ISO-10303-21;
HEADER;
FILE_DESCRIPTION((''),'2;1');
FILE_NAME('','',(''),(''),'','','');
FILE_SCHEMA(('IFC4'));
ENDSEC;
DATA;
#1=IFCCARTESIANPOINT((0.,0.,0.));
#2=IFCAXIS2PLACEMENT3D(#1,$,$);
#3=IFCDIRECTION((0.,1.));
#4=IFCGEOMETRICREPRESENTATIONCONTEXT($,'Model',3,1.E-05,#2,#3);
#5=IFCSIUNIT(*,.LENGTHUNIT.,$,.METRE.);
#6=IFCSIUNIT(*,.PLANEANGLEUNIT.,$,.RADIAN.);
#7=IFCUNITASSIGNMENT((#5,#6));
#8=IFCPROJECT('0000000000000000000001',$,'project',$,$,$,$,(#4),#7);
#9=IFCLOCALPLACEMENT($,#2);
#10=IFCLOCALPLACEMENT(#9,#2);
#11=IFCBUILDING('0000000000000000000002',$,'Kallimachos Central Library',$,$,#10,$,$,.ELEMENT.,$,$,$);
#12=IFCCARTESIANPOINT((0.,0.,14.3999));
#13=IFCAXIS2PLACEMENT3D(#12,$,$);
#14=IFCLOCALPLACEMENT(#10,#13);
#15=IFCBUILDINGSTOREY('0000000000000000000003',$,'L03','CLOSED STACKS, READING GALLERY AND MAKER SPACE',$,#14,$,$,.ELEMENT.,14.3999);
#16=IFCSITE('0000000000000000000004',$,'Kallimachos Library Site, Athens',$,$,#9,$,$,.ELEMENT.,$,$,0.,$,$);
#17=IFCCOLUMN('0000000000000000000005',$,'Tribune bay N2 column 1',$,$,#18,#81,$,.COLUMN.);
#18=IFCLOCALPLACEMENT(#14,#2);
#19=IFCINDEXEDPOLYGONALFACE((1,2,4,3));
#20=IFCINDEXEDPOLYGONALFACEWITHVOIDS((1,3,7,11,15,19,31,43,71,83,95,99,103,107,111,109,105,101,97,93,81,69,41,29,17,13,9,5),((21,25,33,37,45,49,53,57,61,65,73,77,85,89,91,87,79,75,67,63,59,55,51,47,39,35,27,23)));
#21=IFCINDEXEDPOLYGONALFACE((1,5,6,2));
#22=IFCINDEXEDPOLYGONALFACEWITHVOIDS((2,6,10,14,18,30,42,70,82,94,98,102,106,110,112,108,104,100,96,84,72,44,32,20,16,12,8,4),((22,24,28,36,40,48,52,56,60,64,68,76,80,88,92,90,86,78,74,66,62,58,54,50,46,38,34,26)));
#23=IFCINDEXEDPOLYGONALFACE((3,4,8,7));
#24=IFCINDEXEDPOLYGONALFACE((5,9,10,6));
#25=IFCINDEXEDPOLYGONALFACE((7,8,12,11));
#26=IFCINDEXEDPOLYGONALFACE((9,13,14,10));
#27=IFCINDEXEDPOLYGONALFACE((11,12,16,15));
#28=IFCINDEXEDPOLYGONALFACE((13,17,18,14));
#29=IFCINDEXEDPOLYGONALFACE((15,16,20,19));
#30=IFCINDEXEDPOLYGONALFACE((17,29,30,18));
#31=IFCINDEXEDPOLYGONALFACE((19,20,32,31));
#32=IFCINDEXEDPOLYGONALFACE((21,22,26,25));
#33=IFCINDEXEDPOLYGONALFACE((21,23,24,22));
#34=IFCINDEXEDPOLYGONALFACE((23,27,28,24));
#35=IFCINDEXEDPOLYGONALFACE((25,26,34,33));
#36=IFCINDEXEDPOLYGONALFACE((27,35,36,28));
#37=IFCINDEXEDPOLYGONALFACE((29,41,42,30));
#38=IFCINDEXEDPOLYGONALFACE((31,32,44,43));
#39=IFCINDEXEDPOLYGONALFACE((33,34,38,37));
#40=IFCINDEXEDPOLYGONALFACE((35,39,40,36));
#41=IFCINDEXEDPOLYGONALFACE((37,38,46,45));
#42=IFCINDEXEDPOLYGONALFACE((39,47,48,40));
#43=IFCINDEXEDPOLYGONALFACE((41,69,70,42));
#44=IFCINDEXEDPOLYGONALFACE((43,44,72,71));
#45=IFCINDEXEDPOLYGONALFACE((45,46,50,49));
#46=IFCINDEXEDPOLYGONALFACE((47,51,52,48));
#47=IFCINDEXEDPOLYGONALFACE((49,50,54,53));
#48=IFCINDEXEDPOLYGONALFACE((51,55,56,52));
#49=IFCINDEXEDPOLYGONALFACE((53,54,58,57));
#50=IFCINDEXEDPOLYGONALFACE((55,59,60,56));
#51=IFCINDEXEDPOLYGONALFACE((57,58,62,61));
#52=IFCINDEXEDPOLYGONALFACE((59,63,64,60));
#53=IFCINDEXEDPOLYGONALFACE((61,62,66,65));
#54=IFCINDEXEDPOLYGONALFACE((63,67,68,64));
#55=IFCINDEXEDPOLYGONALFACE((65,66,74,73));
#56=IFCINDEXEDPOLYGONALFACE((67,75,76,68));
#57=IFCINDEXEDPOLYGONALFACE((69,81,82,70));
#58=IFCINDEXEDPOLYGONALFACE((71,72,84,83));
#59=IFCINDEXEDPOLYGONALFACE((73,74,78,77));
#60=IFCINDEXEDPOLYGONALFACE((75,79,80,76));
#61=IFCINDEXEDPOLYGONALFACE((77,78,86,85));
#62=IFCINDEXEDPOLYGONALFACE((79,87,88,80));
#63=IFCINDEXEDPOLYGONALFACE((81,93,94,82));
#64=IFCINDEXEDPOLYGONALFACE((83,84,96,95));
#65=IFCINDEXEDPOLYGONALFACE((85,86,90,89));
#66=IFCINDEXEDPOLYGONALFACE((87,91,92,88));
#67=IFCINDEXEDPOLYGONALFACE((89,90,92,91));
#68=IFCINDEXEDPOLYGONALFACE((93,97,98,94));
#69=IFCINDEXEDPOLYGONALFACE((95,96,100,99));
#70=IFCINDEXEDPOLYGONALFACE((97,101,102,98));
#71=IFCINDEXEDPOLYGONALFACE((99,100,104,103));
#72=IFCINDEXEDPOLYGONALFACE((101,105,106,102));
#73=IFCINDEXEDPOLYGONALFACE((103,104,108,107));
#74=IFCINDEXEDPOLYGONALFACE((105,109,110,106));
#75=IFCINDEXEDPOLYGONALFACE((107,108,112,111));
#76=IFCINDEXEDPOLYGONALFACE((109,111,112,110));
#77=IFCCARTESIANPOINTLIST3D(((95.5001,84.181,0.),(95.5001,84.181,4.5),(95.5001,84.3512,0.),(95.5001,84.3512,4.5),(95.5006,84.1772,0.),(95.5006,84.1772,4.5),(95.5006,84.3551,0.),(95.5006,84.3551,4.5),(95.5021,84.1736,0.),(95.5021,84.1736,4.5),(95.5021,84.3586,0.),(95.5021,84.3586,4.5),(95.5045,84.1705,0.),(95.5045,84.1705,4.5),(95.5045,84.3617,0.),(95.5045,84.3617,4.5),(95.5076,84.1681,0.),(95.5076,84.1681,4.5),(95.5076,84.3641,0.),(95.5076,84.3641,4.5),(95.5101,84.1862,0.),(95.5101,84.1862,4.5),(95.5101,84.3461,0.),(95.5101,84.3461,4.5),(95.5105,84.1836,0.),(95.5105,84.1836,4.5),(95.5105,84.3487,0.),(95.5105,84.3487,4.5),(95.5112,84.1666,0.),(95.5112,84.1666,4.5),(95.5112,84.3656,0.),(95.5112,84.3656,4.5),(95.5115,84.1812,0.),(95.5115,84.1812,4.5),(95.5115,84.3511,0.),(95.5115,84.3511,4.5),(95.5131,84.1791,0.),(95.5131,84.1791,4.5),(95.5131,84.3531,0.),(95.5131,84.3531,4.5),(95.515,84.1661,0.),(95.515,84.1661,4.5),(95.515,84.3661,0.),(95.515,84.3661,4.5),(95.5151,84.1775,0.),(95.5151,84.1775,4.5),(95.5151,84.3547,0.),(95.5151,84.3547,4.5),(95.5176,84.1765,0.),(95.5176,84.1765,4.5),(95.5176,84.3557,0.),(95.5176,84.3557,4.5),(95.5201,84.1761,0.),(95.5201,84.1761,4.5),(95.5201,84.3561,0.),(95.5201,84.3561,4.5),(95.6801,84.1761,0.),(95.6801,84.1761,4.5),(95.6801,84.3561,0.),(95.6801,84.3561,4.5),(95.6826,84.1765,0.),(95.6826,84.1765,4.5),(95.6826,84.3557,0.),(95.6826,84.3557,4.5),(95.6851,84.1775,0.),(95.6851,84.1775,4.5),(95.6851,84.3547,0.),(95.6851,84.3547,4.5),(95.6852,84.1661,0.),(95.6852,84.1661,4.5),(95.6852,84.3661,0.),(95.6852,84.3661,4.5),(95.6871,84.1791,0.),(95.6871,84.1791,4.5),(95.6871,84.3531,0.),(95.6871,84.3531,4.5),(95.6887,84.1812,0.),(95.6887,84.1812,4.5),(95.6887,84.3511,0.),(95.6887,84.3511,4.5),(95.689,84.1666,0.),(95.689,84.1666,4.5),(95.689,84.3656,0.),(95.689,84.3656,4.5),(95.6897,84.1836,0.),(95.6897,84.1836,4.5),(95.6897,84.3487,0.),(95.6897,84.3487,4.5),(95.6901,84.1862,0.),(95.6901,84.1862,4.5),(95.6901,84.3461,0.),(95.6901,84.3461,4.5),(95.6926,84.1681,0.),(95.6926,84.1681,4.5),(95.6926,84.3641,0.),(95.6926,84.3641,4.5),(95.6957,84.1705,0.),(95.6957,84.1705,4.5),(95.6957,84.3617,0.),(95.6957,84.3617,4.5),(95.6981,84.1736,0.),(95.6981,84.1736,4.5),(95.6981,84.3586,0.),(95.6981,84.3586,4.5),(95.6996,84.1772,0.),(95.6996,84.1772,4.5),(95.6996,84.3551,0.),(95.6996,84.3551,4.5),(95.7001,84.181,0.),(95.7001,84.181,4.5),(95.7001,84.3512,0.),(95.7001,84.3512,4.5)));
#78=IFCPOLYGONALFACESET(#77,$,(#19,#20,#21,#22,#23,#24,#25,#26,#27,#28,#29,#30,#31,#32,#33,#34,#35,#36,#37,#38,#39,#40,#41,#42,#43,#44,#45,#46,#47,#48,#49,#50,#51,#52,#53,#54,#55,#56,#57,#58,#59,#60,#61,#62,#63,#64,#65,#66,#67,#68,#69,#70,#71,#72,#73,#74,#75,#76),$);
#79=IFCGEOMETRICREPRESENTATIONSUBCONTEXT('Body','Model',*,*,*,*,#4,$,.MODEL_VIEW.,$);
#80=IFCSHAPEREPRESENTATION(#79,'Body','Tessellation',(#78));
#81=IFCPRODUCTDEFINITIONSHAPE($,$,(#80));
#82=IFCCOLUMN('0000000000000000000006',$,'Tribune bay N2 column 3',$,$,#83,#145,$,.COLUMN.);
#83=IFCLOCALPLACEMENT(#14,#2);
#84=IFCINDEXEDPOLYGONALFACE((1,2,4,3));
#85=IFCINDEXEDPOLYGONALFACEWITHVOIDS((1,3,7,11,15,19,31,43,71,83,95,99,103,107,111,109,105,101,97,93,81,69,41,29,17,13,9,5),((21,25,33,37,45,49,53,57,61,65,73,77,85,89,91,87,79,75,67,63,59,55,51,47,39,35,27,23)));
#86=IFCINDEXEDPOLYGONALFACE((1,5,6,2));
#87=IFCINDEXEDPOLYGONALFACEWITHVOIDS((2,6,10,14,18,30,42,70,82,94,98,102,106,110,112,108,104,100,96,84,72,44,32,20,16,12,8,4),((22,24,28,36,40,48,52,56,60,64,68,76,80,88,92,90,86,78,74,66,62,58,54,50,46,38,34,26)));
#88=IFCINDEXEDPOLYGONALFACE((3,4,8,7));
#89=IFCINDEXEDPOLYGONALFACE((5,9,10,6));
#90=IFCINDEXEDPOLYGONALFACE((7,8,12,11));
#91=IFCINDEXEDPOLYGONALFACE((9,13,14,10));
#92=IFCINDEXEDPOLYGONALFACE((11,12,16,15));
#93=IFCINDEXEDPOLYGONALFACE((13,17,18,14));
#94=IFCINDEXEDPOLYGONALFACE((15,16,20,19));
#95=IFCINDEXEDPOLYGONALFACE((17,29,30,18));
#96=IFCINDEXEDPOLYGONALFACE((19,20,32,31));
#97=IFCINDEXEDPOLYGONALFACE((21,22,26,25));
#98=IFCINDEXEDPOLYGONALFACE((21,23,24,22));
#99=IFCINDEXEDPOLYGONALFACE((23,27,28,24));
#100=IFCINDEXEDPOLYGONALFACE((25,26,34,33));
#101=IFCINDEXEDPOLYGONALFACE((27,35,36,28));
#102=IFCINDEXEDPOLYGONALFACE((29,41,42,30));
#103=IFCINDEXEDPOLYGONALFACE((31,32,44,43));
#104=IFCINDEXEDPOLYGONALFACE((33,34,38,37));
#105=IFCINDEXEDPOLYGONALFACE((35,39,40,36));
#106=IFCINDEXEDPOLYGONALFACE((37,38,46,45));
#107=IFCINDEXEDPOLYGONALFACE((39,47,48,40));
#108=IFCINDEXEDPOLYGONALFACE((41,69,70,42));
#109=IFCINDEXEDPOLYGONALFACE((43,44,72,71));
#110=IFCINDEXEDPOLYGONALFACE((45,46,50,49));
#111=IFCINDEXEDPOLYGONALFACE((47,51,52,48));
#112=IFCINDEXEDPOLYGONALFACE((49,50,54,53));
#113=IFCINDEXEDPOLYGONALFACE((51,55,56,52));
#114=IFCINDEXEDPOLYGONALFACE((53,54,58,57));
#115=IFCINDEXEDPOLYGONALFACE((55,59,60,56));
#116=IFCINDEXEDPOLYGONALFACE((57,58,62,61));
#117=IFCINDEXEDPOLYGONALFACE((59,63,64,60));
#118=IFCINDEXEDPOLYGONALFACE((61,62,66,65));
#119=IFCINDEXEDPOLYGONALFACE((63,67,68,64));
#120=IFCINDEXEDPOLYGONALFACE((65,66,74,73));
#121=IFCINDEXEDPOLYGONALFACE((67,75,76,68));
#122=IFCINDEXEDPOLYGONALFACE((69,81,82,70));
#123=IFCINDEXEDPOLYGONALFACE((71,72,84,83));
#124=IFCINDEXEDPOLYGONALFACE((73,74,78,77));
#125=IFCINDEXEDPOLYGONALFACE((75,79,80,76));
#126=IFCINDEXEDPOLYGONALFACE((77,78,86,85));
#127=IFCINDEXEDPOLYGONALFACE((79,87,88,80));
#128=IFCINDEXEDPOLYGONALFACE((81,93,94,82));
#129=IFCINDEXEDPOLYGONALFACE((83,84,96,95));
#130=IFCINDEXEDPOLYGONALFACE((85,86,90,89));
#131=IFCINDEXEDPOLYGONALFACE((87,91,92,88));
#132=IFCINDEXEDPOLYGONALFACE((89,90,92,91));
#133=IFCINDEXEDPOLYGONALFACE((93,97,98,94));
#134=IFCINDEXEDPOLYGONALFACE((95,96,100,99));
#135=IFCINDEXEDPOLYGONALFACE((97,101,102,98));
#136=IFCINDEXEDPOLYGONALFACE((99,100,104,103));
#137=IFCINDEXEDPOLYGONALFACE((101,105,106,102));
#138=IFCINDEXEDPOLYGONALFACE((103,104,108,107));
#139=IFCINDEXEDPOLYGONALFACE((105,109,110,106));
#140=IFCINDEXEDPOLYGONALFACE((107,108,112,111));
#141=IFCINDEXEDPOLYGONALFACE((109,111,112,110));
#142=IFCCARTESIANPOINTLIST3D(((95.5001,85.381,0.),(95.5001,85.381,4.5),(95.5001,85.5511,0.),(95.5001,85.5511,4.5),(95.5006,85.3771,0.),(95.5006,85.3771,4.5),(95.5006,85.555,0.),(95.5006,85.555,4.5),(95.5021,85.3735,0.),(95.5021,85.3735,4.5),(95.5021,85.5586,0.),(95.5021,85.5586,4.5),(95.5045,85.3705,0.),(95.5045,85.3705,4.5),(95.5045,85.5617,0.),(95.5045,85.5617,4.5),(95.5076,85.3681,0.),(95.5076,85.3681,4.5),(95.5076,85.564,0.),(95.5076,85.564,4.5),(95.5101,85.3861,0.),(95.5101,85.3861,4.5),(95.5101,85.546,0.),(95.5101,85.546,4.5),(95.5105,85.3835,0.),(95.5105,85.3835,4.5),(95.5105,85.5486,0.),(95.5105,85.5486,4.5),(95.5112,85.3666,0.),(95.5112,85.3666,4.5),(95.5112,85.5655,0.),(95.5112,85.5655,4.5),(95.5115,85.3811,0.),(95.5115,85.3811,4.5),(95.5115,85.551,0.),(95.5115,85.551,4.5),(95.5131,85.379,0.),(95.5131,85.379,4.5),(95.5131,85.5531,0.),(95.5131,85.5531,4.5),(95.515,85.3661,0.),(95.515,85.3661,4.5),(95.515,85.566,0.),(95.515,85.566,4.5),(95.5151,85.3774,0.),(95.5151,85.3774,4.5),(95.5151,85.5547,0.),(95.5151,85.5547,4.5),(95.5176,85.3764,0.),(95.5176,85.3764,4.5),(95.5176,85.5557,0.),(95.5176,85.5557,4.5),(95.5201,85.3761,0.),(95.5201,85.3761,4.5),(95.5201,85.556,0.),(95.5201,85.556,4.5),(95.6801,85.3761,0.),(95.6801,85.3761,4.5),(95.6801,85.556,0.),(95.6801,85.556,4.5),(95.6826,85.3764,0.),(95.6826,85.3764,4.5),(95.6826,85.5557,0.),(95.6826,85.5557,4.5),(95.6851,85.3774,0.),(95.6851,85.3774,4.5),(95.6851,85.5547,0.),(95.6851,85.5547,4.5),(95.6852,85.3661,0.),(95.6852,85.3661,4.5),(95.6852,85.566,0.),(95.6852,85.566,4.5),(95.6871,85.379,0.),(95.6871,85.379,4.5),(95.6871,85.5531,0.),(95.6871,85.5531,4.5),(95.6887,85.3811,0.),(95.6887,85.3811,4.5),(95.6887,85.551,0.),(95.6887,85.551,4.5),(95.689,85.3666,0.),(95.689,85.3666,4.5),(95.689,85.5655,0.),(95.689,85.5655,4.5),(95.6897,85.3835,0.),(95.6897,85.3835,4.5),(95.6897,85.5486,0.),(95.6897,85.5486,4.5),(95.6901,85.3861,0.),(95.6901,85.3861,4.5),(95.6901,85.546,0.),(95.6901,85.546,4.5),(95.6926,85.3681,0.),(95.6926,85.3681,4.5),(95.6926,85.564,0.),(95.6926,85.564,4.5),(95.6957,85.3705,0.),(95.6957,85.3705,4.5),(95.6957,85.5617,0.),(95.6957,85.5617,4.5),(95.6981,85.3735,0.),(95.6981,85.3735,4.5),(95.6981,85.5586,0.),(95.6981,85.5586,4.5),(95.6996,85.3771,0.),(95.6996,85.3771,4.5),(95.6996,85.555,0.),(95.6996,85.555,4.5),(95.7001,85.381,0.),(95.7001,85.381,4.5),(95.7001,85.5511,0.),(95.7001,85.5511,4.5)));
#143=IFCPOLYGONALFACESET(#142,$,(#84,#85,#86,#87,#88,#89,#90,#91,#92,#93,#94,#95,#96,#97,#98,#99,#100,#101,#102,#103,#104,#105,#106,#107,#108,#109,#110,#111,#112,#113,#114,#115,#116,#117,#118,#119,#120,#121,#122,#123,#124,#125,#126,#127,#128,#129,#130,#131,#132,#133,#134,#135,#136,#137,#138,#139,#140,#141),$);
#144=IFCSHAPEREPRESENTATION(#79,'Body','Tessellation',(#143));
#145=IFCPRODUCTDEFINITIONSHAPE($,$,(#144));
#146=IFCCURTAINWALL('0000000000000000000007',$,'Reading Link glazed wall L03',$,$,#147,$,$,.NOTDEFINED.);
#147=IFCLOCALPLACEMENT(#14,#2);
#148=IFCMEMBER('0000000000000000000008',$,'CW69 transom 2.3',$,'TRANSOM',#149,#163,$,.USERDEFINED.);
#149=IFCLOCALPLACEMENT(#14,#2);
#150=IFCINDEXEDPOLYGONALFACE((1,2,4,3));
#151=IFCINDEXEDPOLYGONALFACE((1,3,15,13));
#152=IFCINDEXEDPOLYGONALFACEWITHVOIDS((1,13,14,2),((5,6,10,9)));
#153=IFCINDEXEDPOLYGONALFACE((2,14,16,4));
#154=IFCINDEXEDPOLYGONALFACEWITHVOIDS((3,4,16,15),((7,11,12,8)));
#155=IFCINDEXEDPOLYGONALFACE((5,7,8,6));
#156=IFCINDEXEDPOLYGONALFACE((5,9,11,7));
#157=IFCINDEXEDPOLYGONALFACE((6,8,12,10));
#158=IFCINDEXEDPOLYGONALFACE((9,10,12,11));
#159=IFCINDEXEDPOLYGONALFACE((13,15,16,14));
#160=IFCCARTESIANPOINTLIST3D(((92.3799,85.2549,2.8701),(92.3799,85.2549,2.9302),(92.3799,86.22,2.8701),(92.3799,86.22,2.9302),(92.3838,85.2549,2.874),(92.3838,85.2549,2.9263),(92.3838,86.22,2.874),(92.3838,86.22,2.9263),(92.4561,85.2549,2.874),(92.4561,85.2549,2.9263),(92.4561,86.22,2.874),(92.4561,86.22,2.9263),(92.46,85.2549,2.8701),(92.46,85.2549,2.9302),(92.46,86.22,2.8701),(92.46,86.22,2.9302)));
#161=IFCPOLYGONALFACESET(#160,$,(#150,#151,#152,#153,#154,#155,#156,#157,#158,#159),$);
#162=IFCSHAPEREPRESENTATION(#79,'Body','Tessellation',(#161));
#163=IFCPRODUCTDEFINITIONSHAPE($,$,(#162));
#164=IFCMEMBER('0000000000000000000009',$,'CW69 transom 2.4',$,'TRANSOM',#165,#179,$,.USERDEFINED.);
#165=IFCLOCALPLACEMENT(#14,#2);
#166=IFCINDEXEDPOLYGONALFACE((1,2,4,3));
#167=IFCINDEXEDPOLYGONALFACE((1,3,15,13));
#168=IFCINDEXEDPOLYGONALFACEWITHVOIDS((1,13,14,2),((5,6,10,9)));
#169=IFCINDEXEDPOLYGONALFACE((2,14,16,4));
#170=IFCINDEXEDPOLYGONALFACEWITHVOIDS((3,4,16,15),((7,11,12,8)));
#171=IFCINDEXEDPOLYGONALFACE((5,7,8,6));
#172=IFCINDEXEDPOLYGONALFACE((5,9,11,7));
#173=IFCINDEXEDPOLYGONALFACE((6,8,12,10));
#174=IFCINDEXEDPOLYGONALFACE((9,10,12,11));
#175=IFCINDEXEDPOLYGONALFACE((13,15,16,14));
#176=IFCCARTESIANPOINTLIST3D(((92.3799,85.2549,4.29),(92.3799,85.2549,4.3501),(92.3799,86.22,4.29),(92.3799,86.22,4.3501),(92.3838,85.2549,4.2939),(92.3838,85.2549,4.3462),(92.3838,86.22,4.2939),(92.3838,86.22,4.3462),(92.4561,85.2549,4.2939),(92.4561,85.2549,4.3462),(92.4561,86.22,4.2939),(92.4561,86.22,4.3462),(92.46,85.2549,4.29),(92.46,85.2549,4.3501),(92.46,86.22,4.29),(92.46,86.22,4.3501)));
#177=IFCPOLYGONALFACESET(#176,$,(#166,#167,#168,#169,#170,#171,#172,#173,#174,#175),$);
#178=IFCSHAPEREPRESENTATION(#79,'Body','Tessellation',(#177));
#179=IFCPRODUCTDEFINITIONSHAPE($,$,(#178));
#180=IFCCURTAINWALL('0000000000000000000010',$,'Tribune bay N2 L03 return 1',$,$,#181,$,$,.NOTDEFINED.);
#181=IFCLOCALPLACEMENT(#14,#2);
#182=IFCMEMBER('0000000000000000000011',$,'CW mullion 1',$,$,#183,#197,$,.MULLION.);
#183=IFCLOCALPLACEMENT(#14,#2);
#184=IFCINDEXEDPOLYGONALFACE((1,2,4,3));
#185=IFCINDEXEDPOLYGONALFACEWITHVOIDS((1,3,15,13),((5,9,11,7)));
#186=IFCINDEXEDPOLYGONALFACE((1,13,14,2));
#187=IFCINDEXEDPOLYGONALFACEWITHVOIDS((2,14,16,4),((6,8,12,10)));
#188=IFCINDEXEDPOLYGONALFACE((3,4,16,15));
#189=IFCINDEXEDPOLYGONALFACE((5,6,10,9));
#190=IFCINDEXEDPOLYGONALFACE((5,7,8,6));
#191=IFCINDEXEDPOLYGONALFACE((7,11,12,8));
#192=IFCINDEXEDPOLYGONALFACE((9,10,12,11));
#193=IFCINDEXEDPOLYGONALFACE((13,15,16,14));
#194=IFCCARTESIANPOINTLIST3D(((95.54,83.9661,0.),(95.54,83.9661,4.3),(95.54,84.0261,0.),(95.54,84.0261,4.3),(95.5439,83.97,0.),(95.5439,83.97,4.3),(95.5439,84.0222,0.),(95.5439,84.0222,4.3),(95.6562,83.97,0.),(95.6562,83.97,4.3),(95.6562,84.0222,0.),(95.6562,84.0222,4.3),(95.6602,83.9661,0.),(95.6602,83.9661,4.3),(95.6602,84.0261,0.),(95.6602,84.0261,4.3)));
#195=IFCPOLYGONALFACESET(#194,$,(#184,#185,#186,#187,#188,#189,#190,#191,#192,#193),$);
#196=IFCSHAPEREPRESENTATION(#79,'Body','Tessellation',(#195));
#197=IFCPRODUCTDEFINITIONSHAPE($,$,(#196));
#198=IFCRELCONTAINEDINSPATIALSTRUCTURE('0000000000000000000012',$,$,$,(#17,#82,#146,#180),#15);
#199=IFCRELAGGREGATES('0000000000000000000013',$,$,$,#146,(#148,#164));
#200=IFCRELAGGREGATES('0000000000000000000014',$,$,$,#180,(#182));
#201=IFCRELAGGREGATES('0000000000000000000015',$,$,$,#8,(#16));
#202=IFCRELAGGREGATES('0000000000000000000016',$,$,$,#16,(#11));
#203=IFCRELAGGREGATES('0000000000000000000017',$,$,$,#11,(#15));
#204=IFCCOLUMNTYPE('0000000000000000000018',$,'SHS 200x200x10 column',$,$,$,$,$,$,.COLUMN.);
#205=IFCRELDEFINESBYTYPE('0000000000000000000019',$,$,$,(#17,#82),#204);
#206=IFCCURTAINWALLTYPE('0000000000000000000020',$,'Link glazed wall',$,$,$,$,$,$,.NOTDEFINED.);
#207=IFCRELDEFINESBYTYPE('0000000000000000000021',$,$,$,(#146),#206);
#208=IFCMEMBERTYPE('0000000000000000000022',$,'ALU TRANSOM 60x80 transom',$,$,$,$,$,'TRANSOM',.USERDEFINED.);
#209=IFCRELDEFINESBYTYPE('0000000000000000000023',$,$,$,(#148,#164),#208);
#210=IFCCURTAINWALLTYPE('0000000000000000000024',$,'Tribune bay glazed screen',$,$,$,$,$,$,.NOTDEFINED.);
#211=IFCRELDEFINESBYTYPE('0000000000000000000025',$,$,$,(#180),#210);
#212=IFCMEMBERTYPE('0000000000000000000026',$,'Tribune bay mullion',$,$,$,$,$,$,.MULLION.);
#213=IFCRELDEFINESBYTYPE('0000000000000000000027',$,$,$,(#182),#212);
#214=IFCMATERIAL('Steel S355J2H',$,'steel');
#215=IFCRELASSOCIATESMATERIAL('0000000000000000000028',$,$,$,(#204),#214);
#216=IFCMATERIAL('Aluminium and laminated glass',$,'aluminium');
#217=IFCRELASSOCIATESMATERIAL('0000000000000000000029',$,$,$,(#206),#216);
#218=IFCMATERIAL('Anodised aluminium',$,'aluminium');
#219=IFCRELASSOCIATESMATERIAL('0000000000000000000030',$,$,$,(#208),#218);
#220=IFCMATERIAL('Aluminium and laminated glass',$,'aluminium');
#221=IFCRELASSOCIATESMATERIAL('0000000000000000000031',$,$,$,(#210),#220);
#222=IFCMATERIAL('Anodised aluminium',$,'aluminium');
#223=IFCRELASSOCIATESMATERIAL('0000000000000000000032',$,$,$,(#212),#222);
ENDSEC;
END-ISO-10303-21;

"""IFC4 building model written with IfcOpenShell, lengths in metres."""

from ifc_helpers import new_model, si_unit, direction, frame, origin, origin_2d, place, context, subcontext, project, spatial, hollow_rectangle, extrude, material, material_profile, profile_set, type_object, element, aggregate, save


model = new_model("IFC4")

# Units and contexts
model_context = context("Model", 3, precision=1e-05, world=origin(), true_north=direction((0.0, 1.0)))
body_context = subcontext(model_context, "Body", "Model", "MODEL_VIEW")
ifc_project = project(units=[si_unit("LENGTHUNIT", "METRE"), si_unit("PLANEANGLEUNIT", "RADIAN")], contexts=[model_context])

# Site, building, storey
site_placement = place(None, origin())
site = spatial("IfcSite", under=ifc_project, at=site_placement, Name="Kallimachos Library Site, Athens", CompositionType="ELEMENT", RefElevation=0.0)
building_placement = place(site_placement, origin())
building = spatial("IfcBuilding", under=site, at=building_placement, Name="Kallimachos Central Library", CompositionType="ELEMENT")
storey_placement = place(building_placement, frame((0.0, 0.0, 14.3999)))
storey = spatial("IfcBuildingStorey", under=building, at=storey_placement, Name="L03", Description="CLOSED STACKS, READING GALLERY AND MAKER SPACE", CompositionType="ELEMENT", Elevation=14.3999)

# Columns
ifc_material_1 = material(Name="Steel S355J2H", Category="steel")
ifc_material_profile_1 = material_profile(ifc_material_1, hollow_rectangle(XDim=0.2, YDim=0.2, WallThickness=0.01, InnerFilletRadius=0.01, OuterFilletRadius=0.0149, at=origin_2d()), Name="SHS 200x200x10")
ifc_profile_set_1 = profile_set([ifc_material_profile_1], Name="Steel S355J2H")
column_type = type_object("IfcColumnType", Name="SHS 200x200x10 column", PredefinedType="COLUMN", material=ifc_profile_set_1)
for number, where, z_axis, x_axis, name in (
    (1, (95.6001, 84.2661, 0.0), (0.0, 0.0, 1.0), (1.0, 0.0, 0.0), "Tribune bay N2 column 1"),
    (2, (95.6001, 85.4661, 0.0), (0.0, 0.0, 1.0), (1.0, 0.0, 0.0), "Tribune bay N2 column 3"),
):
    element("IfcColumn", number, at=place(storey_placement, frame(where, z_axis=z_axis, x_axis=x_axis)), inside=storey, type_object=column_type, Name=name, PredefinedType="COLUMN", context=body_context, shape_type="SweptSolid", body=[
        extrude(hollow_rectangle(XDim=0.2, YDim=0.2, WallThickness=0.01, InnerFilletRadius=0.01, OuterFilletRadius=0.0149, at=origin_2d()), origin(), (0.0, 0.0, 1.0), 4.5),
    ])

# Curtain walls, members
ifc_material_2 = material(Name="Aluminium and laminated glass", Category="aluminium")
curtain_wall_type_1 = type_object("IfcCurtainWallType", Name="Link glazed wall", PredefinedType="NOTDEFINED", material=ifc_material_2)
curtain_wall_1_placement = place(storey_placement, origin())
curtain_wall_1 = element("IfcCurtainWall", 3, at=curtain_wall_1_placement, inside=storey, type_object=curtain_wall_type_1, Name="Reading Link glazed wall L03", PredefinedType="NOTDEFINED")
ifc_material_3 = material(Name="Anodised aluminium", Category="aluminium")
ifc_material_profile_2 = material_profile(ifc_material_3, hollow_rectangle(XDim=0.0601, YDim=0.0801, WallThickness=0.0039, at=origin_2d()), Name="ALU TRANSOM 60x80")
ifc_profile_set_2 = profile_set([ifc_material_profile_2], Name="Anodised aluminium")
member_type_1 = type_object("IfcMemberType", Name="ALU TRANSOM 60x80 transom", ElementType="TRANSOM", PredefinedType="USERDEFINED", material=ifc_profile_set_2)
member_1_placement = place(storey_placement, frame((92.4199, 85.2549, 2.9001), z_axis=(0.0, 1.0, 0.0), x_axis=(0.0, 0.0, 1.0)))
member_1 = element("IfcMember", 4, at=member_1_placement, type_object=member_type_1, Name="CW69 transom 2.3", ObjectType="TRANSOM", PredefinedType="USERDEFINED", context=body_context, shape_type="SweptSolid", body=[
    extrude(hollow_rectangle(XDim=0.0601, YDim=0.0801, WallThickness=0.0039, at=origin_2d()), origin(), (0.0, 0.0, 1.0), 0.9651),
])
member_2_placement = place(storey_placement, frame((92.4199, 85.2549, 4.3201), z_axis=(0.0, 1.0, 0.0), x_axis=(0.0, 0.0, 1.0)))
member_2 = element("IfcMember", 5, at=member_2_placement, type_object=member_type_1, Name="CW69 transom 2.4", ObjectType="TRANSOM", PredefinedType="USERDEFINED", context=body_context, shape_type="SweptSolid", body=[
    extrude(hollow_rectangle(XDim=0.0601, YDim=0.0801, WallThickness=0.0039, at=origin_2d()), origin(), (0.0, 0.0, 1.0), 0.9651),
])
aggregate(curtain_wall_1, [member_1, member_2])
ifc_material_4 = material(Name="Aluminium and laminated glass", Category="aluminium")
curtain_wall_type_2 = type_object("IfcCurtainWallType", Name="Tribune bay glazed screen", PredefinedType="NOTDEFINED", material=ifc_material_4)
curtain_wall_2_placement = place(storey_placement, origin())
curtain_wall_2 = element("IfcCurtainWall", 6, at=curtain_wall_2_placement, inside=storey, type_object=curtain_wall_type_2, Name="Tribune bay N2 L03 return 1", PredefinedType="NOTDEFINED")
ifc_material_5 = material(Name="Anodised aluminium", Category="aluminium")
ifc_material_profile_3 = material_profile(ifc_material_5, hollow_rectangle(XDim=0.0601, YDim=0.1201, WallThickness=0.0039, at=origin_2d()), Name="ALU MULLION 60x120")
ifc_profile_set_3 = profile_set([ifc_material_profile_3], Name="Anodised aluminium")
member_type_2 = type_object("IfcMemberType", Name="Tribune bay mullion", PredefinedType="MULLION", material=ifc_profile_set_3)
member_3_placement = place(storey_placement, frame((95.6001, 83.9961, 0.0), z_axis=(0.0, 0.0, 1.0), x_axis=(0.0, 1.0, 0.0)))
member_3 = element("IfcMember", 7, at=member_3_placement, type_object=member_type_2, Name="CW mullion 1", PredefinedType="MULLION", context=body_context, shape_type="SweptSolid", body=[
    extrude(hollow_rectangle(XDim=0.0601, YDim=0.1201, WallThickness=0.0039, at=origin_2d()), origin(), (0.0, 0.0, 1.0), 4.3),
])

aggregate(curtain_wall_2, [member_3])

save(model, "model.ifc")
